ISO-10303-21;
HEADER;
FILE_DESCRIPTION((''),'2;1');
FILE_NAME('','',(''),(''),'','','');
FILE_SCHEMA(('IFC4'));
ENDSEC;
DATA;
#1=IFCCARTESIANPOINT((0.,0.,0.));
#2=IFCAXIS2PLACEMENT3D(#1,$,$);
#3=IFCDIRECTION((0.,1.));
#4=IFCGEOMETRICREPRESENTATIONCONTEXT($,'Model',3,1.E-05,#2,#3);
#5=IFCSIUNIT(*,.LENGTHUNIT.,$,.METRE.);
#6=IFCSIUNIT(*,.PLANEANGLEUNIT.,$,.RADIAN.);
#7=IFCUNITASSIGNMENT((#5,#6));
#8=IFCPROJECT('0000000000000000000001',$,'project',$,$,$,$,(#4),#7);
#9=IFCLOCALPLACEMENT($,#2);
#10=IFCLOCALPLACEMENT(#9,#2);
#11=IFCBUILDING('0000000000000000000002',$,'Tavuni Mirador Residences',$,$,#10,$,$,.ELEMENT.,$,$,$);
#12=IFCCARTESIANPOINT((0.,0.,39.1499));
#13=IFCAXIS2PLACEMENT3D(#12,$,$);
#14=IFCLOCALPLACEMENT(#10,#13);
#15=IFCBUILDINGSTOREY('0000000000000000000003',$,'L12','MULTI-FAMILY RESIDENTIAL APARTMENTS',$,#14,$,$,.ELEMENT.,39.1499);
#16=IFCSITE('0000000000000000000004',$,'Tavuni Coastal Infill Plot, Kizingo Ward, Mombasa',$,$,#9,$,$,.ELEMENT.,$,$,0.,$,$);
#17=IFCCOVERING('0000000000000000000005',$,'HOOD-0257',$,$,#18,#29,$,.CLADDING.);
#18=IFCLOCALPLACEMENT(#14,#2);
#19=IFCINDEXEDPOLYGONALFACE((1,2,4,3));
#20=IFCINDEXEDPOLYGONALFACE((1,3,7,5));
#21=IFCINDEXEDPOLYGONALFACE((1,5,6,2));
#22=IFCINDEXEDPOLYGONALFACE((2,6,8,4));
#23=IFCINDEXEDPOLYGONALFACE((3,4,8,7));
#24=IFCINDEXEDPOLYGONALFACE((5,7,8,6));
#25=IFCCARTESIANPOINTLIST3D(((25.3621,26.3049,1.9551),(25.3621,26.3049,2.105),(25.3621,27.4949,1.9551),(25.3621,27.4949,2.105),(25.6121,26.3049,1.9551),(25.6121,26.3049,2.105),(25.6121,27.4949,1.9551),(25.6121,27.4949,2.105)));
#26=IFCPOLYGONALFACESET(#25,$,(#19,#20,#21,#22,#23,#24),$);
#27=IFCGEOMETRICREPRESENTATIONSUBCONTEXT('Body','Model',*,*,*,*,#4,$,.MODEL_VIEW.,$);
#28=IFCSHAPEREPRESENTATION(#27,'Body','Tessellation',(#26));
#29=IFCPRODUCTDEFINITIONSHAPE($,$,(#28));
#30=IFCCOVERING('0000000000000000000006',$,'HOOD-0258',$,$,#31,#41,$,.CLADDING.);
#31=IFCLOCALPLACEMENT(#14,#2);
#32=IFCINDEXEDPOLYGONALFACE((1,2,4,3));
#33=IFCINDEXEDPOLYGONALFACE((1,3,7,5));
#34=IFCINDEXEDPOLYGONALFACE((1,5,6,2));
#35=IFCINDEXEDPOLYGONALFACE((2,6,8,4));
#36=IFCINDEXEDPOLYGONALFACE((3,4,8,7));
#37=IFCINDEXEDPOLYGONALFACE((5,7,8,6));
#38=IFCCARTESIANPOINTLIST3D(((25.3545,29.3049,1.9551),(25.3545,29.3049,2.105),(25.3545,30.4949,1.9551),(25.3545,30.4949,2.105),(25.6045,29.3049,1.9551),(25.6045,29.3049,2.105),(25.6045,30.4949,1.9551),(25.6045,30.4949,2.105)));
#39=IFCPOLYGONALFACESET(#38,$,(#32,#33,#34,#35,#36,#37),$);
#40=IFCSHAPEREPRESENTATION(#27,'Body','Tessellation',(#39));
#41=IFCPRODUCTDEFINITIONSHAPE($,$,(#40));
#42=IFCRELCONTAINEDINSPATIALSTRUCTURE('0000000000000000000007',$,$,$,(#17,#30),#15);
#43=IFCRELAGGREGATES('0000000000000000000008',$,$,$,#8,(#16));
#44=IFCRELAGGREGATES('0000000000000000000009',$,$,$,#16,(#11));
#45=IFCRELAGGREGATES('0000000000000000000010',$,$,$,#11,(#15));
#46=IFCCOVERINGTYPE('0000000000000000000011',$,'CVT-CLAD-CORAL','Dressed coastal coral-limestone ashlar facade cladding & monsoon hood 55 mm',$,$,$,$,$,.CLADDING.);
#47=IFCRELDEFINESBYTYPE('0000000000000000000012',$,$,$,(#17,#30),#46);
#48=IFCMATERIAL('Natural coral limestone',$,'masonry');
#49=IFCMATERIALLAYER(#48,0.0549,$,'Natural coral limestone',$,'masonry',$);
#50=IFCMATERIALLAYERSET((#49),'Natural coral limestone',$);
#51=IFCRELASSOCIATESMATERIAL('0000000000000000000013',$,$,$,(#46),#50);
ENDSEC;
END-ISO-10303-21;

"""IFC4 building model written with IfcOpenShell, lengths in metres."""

from ifc_helpers import new_model, si_unit, direction, frame, origin, origin_2d, place, context, subcontext, project, spatial, rectangle, extrude, material, layer, layer_set, type_object, element, save


model = new_model("IFC4")

# Units and contexts
model_context = context("Model", 3, precision=1e-05, world=origin(), true_north=direction((0.0, 1.0)))
body_context = subcontext(model_context, "Body", "Model", "MODEL_VIEW")
ifc_project = project(units=[si_unit("LENGTHUNIT", "METRE"), si_unit("PLANEANGLEUNIT", "RADIAN")], contexts=[model_context])

# Site, building, storey
site_placement = place(None, origin())
site = spatial("IfcSite", under=ifc_project, at=site_placement, Name="Tavuni Coastal Infill Plot, Kizingo Ward, Mombasa", CompositionType="ELEMENT", RefElevation=0.0)
building_placement = place(site_placement, origin())
building = spatial("IfcBuilding", under=site, at=building_placement, Name="Tavuni Mirador Residences", CompositionType="ELEMENT")
storey_placement = place(building_placement, frame((0.0, 0.0, 39.1499)))
storey = spatial("IfcBuildingStorey", under=building, at=storey_placement, Name="L12", Description="MULTI-FAMILY RESIDENTIAL APARTMENTS", CompositionType="ELEMENT", Elevation=39.1499)

# Coverings
ifc_material_1 = material(Name="Natural coral limestone", Category="masonry")
ifc_layer_1 = layer(ifc_material_1, 0.0549, Name="Natural coral limestone", Category="masonry")
ifc_layer_set_1 = layer_set([ifc_layer_1], Name="Natural coral limestone")
covering_type = type_object("IfcCoveringType", Name="CVT-CLAD-CORAL", Description="Dressed coastal coral-limestone ashlar facade cladding & monsoon hood 55 mm", PredefinedType="CLADDING", material=ifc_layer_set_1)
for number, where, z_axis, x_axis, name in (
    (1, (25.4871, 26.8999, 1.9551), (0.0, 0.0, 1.0), (0.0, 1.0, 0.0), "HOOD-0257"),
    (2, (25.4795, 29.8999, 1.9551), (0.0, 0.0, 1.0), (0.0, 1.0, 0.0), "HOOD-0258"),
):
    element("IfcCovering", number, at=place(storey_placement, frame(where, z_axis=z_axis, x_axis=x_axis)), inside=storey, type_object=covering_type, Name=name, PredefinedType="CLADDING", context=body_context, shape_type="SweptSolid", body=[
        extrude(rectangle(XDim=1.1899, YDim=0.25, at=origin_2d()), origin(), (0.0, 0.0, 1.0), 0.1499),
    ])

save(model, "model.ifc")
